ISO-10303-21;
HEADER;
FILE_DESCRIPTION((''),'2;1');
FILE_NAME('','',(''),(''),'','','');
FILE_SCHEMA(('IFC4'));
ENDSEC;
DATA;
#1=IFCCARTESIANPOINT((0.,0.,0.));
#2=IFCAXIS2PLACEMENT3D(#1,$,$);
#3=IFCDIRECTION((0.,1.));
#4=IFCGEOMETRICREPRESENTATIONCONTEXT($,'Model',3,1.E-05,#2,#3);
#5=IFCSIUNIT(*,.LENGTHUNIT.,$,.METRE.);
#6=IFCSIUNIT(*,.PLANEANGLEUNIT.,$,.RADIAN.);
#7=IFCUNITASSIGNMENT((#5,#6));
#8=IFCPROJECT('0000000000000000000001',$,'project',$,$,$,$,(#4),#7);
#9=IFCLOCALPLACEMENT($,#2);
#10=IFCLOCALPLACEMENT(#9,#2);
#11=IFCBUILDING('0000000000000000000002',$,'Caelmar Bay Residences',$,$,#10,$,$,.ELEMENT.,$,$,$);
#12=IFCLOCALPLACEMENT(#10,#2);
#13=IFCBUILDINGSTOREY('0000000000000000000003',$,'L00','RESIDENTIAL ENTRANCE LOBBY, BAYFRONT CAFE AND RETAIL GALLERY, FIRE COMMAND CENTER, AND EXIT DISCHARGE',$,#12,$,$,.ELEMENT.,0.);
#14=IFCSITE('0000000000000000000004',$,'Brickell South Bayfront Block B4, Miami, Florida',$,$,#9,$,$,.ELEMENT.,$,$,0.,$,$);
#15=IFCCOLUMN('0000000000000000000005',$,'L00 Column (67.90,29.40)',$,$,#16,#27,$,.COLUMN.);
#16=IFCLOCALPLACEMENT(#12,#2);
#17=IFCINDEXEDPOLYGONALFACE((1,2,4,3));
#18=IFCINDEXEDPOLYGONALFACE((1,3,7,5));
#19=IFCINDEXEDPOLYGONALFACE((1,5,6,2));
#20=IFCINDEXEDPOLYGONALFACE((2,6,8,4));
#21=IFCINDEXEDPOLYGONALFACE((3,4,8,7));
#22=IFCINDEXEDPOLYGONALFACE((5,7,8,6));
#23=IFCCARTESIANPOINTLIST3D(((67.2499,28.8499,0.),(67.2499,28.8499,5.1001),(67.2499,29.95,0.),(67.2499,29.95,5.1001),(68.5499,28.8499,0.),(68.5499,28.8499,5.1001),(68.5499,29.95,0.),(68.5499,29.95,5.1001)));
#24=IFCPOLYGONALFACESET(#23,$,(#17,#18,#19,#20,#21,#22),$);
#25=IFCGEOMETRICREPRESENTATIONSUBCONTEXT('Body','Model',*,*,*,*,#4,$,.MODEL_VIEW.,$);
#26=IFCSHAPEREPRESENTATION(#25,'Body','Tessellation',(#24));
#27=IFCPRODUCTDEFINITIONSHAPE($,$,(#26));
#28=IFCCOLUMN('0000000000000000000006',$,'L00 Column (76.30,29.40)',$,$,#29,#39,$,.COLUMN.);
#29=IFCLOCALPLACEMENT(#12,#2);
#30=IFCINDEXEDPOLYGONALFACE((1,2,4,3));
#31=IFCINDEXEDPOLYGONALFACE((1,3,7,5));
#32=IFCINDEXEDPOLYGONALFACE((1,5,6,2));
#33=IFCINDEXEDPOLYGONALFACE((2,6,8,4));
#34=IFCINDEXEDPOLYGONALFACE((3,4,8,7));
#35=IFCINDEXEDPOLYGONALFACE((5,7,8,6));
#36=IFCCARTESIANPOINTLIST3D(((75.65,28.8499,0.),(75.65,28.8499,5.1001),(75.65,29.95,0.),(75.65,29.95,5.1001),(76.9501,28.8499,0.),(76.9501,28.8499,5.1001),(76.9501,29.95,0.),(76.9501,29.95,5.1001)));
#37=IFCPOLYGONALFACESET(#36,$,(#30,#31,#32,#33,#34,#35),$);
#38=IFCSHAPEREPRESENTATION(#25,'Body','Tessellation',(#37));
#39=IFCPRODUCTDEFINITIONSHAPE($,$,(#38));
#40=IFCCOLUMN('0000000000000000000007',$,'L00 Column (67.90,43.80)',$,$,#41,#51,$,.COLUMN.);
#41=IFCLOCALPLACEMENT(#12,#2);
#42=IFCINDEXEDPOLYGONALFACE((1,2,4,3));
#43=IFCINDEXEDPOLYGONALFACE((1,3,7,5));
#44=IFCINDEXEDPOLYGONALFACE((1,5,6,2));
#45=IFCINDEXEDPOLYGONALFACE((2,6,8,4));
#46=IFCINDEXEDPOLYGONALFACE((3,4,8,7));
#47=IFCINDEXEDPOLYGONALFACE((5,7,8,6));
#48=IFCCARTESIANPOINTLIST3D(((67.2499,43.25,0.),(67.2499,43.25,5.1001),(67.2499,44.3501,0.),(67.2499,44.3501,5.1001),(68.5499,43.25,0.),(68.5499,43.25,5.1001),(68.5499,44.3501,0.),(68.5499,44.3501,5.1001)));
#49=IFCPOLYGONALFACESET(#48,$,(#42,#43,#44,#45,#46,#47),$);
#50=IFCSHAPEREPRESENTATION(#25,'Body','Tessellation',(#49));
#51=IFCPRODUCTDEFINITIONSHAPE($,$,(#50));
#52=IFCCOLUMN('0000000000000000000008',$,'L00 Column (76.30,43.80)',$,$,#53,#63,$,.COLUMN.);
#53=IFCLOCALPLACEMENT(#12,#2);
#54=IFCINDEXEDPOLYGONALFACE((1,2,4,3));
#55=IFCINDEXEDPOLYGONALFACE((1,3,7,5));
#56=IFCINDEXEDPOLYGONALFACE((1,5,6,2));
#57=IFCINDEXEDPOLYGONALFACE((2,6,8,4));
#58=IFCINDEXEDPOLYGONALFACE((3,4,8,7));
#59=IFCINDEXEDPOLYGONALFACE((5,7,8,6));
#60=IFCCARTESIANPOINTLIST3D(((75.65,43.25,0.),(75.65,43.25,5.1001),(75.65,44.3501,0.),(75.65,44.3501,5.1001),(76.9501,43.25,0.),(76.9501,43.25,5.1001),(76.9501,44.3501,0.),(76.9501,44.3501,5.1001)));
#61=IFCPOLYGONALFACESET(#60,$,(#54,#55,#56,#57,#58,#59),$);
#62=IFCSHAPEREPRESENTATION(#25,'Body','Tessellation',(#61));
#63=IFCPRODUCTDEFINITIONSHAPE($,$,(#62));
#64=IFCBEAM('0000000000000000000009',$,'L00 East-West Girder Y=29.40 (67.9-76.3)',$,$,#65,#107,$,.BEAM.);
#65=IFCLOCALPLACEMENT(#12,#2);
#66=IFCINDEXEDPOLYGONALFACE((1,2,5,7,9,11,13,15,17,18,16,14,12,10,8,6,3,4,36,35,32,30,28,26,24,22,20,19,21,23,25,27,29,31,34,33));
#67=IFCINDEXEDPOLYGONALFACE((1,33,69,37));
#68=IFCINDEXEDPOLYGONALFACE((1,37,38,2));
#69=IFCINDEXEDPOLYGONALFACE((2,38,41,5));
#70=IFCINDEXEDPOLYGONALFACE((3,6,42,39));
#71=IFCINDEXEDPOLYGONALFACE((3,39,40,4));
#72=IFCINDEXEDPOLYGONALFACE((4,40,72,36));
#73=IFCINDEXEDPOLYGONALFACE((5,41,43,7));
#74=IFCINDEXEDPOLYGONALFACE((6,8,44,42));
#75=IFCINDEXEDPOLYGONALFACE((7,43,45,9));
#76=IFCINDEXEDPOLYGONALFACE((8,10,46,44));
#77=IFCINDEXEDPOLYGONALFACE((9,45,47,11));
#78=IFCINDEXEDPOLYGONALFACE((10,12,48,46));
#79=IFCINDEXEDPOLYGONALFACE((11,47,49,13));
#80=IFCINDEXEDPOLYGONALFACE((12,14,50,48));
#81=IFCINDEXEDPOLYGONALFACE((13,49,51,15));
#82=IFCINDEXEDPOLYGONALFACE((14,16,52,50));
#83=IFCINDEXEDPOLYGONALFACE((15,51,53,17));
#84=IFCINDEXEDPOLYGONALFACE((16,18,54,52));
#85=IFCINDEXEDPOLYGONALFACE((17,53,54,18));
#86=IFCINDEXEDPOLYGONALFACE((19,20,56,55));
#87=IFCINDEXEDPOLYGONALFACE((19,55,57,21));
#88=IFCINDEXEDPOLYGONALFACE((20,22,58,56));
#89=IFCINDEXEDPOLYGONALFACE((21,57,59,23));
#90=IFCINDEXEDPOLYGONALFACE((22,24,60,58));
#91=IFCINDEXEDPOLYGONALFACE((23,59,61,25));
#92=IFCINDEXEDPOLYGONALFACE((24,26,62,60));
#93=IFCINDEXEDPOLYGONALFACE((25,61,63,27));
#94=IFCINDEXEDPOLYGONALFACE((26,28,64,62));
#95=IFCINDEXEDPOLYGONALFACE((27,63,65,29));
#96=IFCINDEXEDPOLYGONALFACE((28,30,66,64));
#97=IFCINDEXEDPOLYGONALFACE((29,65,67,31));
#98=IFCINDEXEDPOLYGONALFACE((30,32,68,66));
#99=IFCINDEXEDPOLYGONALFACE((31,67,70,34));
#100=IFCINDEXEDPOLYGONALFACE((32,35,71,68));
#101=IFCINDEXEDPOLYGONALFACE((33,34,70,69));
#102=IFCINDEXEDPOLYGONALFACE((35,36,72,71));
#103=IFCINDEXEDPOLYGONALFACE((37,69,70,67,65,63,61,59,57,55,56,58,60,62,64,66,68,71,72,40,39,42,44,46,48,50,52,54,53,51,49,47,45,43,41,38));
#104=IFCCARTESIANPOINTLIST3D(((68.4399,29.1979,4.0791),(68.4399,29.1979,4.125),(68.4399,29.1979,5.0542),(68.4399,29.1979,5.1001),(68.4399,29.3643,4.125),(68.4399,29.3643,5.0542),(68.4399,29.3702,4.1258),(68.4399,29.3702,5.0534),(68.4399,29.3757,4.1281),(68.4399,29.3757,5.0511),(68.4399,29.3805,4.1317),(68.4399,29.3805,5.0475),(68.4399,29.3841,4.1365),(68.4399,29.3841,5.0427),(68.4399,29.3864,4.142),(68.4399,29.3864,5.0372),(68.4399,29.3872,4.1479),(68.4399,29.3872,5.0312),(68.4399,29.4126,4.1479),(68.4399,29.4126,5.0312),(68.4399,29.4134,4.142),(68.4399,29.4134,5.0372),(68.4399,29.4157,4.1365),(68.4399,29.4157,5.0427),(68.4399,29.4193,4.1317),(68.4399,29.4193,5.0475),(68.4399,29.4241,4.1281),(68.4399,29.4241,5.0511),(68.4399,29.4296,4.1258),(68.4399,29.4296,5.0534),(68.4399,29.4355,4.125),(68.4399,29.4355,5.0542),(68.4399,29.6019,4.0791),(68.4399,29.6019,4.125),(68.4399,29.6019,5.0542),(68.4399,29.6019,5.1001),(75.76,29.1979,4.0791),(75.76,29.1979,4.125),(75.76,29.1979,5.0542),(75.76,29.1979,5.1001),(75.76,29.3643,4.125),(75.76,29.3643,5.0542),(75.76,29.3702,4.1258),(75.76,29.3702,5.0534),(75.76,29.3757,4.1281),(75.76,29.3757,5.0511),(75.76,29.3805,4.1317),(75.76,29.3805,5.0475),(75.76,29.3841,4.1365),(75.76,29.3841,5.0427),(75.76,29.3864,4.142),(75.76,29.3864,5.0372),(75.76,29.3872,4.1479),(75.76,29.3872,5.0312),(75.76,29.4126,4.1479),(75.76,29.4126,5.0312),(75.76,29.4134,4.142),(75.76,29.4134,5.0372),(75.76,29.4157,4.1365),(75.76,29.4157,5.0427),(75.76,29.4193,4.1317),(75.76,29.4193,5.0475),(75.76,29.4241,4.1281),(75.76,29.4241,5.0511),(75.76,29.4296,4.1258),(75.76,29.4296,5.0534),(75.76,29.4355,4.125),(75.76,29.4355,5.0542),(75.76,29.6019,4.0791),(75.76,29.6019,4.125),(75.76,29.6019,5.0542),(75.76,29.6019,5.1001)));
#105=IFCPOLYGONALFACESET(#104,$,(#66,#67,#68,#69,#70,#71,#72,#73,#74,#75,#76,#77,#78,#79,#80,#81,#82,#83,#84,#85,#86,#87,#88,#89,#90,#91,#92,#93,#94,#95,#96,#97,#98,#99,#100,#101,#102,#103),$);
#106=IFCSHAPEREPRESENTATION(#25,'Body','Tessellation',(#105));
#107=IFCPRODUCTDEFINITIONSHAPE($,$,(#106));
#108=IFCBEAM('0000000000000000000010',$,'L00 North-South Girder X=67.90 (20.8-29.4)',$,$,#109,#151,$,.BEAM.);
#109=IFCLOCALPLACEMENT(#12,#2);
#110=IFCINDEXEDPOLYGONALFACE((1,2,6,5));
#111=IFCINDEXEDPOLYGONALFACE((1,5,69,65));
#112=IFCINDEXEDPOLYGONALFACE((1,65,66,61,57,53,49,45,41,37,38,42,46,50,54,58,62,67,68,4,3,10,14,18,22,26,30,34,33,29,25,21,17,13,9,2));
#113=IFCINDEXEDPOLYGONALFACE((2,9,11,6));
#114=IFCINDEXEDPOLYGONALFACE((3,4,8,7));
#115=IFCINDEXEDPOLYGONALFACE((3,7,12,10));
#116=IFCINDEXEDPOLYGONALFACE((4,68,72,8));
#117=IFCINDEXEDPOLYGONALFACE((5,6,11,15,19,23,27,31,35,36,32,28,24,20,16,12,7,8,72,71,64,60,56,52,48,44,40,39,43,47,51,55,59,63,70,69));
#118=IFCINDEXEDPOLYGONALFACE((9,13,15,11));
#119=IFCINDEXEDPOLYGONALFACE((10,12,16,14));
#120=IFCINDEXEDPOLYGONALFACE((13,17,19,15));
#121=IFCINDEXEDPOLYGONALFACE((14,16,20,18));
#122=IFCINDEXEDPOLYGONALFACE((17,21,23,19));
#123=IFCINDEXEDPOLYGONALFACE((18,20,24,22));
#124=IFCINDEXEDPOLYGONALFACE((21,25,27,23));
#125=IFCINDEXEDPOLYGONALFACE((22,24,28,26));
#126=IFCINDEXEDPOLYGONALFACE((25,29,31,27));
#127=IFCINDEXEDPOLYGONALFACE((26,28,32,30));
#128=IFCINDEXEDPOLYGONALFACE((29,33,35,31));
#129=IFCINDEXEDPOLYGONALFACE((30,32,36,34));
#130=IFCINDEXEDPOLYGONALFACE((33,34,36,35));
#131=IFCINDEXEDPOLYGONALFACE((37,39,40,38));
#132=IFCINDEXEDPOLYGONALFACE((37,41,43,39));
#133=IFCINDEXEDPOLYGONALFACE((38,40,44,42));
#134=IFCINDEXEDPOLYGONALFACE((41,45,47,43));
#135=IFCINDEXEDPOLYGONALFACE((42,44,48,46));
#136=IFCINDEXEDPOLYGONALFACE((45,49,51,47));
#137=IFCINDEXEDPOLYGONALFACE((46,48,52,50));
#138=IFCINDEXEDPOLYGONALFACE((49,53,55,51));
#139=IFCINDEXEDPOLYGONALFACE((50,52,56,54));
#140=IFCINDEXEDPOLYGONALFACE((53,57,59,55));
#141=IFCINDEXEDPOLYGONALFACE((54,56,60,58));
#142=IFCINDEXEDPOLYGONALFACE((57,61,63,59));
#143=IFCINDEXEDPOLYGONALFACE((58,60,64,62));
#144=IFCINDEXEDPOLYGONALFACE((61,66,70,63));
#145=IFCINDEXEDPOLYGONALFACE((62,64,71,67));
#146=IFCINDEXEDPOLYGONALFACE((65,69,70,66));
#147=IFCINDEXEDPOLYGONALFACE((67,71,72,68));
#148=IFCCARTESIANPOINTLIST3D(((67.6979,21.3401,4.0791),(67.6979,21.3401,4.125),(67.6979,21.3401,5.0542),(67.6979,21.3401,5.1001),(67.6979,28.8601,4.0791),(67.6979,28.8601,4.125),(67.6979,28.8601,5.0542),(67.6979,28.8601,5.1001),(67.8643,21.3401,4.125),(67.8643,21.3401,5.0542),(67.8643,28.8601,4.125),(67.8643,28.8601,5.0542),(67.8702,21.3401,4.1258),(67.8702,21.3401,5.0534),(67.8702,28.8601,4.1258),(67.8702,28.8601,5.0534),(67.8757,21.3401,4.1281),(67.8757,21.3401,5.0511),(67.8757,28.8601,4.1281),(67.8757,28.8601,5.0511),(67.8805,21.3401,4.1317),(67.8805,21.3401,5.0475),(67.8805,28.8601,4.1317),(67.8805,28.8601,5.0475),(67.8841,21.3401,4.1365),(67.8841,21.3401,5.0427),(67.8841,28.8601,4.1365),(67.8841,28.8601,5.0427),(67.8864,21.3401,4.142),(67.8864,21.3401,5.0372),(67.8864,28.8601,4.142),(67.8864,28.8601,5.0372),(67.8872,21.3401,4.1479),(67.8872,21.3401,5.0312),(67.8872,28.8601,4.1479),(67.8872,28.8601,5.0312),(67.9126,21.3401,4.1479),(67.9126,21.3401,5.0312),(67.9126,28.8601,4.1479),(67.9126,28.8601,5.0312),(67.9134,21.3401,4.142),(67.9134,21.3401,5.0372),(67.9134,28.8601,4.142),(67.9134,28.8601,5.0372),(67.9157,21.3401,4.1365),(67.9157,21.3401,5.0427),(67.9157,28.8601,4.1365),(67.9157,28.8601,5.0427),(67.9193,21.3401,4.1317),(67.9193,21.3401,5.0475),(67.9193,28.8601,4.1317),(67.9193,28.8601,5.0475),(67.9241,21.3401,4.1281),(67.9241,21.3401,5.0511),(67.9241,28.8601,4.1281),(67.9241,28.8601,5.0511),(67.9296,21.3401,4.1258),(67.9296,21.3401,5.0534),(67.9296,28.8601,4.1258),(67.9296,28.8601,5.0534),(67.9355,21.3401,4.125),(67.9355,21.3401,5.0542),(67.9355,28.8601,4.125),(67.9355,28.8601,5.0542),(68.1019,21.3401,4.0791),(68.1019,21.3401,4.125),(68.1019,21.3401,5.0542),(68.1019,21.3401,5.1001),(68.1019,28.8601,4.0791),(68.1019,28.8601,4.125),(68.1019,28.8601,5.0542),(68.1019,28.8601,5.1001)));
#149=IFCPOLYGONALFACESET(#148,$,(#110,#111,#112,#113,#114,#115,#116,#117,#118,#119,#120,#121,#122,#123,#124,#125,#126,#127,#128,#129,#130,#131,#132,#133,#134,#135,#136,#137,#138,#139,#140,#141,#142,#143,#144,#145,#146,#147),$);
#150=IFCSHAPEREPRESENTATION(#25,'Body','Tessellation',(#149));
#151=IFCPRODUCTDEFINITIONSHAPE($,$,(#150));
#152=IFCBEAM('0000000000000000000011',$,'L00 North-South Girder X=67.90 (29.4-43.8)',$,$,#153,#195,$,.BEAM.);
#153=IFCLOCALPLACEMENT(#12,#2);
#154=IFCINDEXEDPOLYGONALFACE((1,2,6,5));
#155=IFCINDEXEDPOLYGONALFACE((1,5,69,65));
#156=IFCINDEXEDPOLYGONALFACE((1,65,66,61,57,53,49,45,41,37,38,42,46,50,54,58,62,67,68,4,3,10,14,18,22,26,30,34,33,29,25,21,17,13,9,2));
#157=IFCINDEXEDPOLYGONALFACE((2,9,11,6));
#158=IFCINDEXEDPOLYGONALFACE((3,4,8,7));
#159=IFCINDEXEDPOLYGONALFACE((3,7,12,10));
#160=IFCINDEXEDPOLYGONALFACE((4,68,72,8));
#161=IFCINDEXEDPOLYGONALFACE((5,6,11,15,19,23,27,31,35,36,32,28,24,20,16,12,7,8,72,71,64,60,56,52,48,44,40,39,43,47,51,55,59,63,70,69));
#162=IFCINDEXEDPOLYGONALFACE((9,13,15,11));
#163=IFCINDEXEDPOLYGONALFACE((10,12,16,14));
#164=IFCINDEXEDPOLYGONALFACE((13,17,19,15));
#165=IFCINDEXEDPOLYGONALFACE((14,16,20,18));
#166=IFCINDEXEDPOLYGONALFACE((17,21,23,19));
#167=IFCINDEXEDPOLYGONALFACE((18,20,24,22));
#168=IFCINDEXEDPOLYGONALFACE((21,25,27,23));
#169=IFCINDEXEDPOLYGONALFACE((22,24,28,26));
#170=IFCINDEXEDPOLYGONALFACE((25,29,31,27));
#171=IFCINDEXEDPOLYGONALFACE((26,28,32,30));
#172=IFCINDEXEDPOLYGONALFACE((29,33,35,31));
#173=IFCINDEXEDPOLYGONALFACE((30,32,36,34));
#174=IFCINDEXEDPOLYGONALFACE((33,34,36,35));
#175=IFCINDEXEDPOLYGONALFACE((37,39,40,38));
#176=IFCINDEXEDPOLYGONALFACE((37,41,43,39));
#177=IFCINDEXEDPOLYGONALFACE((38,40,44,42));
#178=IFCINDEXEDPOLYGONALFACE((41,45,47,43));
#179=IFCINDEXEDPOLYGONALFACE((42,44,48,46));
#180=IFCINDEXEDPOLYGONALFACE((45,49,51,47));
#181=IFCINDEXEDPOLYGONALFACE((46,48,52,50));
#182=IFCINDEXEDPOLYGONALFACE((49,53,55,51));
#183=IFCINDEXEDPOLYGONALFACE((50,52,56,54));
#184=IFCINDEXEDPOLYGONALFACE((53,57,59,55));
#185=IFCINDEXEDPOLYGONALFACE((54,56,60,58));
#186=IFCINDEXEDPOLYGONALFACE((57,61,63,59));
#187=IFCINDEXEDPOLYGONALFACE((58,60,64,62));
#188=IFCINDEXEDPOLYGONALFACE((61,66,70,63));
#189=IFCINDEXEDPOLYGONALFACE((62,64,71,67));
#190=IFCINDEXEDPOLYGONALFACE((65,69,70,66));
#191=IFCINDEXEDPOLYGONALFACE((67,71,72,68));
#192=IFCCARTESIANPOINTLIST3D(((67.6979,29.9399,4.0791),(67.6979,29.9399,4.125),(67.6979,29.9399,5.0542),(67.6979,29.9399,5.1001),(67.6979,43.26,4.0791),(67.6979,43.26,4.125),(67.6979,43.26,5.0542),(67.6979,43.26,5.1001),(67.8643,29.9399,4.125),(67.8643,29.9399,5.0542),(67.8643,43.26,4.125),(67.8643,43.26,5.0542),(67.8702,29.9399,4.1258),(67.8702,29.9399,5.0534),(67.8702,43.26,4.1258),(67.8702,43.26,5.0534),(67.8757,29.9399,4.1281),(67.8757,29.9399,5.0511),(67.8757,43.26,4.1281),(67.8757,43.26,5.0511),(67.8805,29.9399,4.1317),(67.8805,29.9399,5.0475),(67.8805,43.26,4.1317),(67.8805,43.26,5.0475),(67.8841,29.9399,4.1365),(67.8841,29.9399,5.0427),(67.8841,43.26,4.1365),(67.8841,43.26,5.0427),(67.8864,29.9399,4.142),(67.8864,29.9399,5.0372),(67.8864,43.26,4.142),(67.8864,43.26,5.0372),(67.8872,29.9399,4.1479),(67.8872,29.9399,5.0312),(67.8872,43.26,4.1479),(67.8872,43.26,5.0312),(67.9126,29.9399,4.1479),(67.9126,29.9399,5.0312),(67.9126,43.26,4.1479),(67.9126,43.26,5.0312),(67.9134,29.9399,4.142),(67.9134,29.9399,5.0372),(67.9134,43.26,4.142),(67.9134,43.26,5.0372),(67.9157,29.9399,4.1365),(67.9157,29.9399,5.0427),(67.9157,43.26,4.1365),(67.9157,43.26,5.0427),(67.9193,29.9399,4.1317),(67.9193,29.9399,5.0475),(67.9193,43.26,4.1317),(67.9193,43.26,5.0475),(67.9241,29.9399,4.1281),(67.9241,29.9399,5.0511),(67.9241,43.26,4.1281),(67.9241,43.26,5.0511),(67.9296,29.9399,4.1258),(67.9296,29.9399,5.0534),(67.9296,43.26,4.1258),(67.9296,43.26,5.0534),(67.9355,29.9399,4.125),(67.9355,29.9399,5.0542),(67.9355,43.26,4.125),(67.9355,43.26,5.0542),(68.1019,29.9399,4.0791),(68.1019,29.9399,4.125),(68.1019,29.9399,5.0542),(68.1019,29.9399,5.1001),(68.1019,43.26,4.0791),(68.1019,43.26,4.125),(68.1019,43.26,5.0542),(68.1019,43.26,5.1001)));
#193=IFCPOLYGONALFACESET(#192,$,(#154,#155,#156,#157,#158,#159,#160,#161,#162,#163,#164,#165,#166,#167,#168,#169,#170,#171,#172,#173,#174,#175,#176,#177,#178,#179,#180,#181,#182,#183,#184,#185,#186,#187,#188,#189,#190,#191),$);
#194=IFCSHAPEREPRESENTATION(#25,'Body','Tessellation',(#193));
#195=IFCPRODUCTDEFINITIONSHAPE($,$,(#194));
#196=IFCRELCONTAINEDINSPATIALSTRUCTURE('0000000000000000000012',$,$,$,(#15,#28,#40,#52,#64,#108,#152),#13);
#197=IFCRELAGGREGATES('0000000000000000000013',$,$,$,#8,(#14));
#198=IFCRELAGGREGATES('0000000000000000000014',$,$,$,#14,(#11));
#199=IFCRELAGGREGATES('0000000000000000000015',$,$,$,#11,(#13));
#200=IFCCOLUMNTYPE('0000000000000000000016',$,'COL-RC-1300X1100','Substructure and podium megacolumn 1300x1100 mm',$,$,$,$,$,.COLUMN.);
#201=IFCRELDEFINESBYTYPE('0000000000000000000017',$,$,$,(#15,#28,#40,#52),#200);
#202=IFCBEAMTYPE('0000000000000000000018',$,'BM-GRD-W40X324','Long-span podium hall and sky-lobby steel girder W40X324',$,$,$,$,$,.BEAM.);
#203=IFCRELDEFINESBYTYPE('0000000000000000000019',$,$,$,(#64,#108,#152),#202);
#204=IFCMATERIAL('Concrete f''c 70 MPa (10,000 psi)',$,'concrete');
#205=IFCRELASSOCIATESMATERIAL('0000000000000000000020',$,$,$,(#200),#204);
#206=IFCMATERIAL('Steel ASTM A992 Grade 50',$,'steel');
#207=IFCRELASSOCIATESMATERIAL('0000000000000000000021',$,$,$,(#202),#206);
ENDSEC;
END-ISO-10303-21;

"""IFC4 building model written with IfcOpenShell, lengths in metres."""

from ifc_helpers import new_model, si_unit, direction, frame, origin, origin_2d, place, context, subcontext, project, spatial, rectangle, i_section, extrude, material, material_profile, profile_set, type_object, element, save


model = new_model("IFC4")

# Units and contexts
model_context = context("Model", 3, precision=1e-05, world=origin(), true_north=direction((0.0, 1.0)))
body_context = subcontext(model_context, "Body", "Model", "MODEL_VIEW")
ifc_project = project(units=[si_unit("LENGTHUNIT", "METRE"), si_unit("PLANEANGLEUNIT", "RADIAN")], contexts=[model_context])

# Site, building, storey
site_placement = place(None, origin())
site = spatial("IfcSite", under=ifc_project, at=site_placement, Name="Brickell South Bayfront Block B4, Miami, Florida", CompositionType="ELEMENT", RefElevation=0.0)
building_placement = place(site_placement, origin())
building = spatial("IfcBuilding", under=site, at=building_placement, Name="Caelmar Bay Residences", CompositionType="ELEMENT")
storey_placement = place(building_placement, origin())
storey = spatial("IfcBuildingStorey", under=building, at=storey_placement, Name="L00", Description="RESIDENTIAL ENTRANCE LOBBY, BAYFRONT CAFE AND RETAIL GALLERY, FIRE COMMAND CENTER, AND EXIT DISCHARGE", CompositionType="ELEMENT", Elevation=0.0)

# Columns
ifc_material_1 = material(Name="Concrete f'c 70 MPa (10,000 psi)", Category="concrete")
ifc_material_profile_1 = material_profile(ifc_material_1, rectangle(XDim=1.3, YDim=1.1001, at=origin_2d()), Name="RC-COL-1300X1100")
ifc_profile_set_1 = profile_set([ifc_material_profile_1], Name="Concrete f'c 70 MPa (10,000 psi)")
column_type = type_object("IfcColumnType", Name="COL-RC-1300X1100", Description="Substructure and podium megacolumn 1300x1100 mm", PredefinedType="COLUMN", material=ifc_profile_set_1)
for number, where, z_axis, x_axis, name in (
    (1, (67.8999, 29.3999, 0.0), (0.0, 0.0, 1.0), (1.0, 0.0, 0.0), "L00 Column (67.90,29.40)"),
    (2, (76.3, 29.3999, 0.0), (0.0, 0.0, 1.0), (1.0, 0.0, 0.0), "L00 Column (76.30,29.40)"),
    (3, (67.8999, 43.8, 0.0), (0.0, 0.0, 1.0), (1.0, 0.0, 0.0), "L00 Column (67.90,43.80)"),
    (4, (76.3, 43.8, 0.0), (0.0, 0.0, 1.0), (1.0, 0.0, 0.0), "L00 Column (76.30,43.80)"),
):
    element("IfcColumn", number, at=place(storey_placement, frame(where, z_axis=z_axis, x_axis=x_axis)), inside=storey, type_object=column_type, Name=name, PredefinedType="COLUMN", context=body_context, shape_type="SweptSolid", body=[
        extrude(rectangle(XDim=1.3, YDim=1.1001, at=origin_2d()), origin(), (0.0, 0.0, 1.0), 5.1001),
    ])

# Beams
ifc_material_2 = material(Name="Steel ASTM A992 Grade 50", Category="steel")
ifc_material_profile_2 = material_profile(ifc_material_2, i_section(OverallWidth=0.4041, OverallDepth=1.021, WebThickness=0.0254, FlangeThickness=0.0459, FilletRadius=0.0229, at=origin_2d()), Name="W40X324")
ifc_profile_set_2 = profile_set([ifc_material_profile_2], Name="Steel ASTM A992 Grade 50")
beam_type_1 = type_object("IfcBeamType", Name="BM-GRD-W40X324", Description="Long-span podium hall and sky-lobby steel girder W40X324", PredefinedType="BEAM", material=ifc_profile_set_2)
beam_1_placement = place(storey_placement, frame((68.4399, 29.3999, 4.5896), z_axis=(1.0, 0.0, 0.0), x_axis=(0.0, 1.0, 0.0)))
element("IfcBeam", 5, at=beam_1_placement, inside=storey, type_object=beam_type_1, Name="L00 East-West Girder Y=29.40 (67.9-76.3)", PredefinedType="BEAM", context=body_context, shape_type="SweptSolid", body=[
    extrude(i_section(OverallWidth=0.4041, OverallDepth=1.021, WebThickness=0.0254, FlangeThickness=0.0459, FilletRadius=0.0229, at=origin_2d()), origin(), (0.0, 0.0, 1.0), 7.3201),
])
beam_2_placement = place(storey_placement, frame((67.8999, 21.3401, 4.5896), z_axis=(0.0, 1.0, 0.0), x_axis=(-1.0, 0.0, 0.0)))
element("IfcBeam", 6, at=beam_2_placement, inside=storey, type_object=beam_type_1, Name="L00 North-South Girder X=67.90 (20.8-29.4)", PredefinedType="BEAM", context=body_context, shape_type="SweptSolid", body=[
    extrude(i_section(OverallWidth=0.4041, OverallDepth=1.021, WebThickness=0.0254, FlangeThickness=0.0459, FilletRadius=0.0229, at=origin_2d()), origin(), (0.0, 0.0, 1.0), 7.52),
])
beam_3_placement = place(storey_placement, frame((67.8999, 29.9399, 4.5896), z_axis=(0.0, 1.0, 0.0), x_axis=(-1.0, 0.0, 0.0)))
element("IfcBeam", 7, at=beam_3_placement, inside=storey, type_object=beam_type_1, Name="L00 North-South Girder X=67.90 (29.4-43.8)", PredefinedType="BEAM", context=body_context, shape_type="SweptSolid", body=[
    extrude(i_section(OverallWidth=0.4041, OverallDepth=1.021, WebThickness=0.0254, FlangeThickness=0.0459, FilletRadius=0.0229, at=origin_2d()), origin(), (0.0, 0.0, 1.0), 13.3201),
])

save(model, "model.ifc")
